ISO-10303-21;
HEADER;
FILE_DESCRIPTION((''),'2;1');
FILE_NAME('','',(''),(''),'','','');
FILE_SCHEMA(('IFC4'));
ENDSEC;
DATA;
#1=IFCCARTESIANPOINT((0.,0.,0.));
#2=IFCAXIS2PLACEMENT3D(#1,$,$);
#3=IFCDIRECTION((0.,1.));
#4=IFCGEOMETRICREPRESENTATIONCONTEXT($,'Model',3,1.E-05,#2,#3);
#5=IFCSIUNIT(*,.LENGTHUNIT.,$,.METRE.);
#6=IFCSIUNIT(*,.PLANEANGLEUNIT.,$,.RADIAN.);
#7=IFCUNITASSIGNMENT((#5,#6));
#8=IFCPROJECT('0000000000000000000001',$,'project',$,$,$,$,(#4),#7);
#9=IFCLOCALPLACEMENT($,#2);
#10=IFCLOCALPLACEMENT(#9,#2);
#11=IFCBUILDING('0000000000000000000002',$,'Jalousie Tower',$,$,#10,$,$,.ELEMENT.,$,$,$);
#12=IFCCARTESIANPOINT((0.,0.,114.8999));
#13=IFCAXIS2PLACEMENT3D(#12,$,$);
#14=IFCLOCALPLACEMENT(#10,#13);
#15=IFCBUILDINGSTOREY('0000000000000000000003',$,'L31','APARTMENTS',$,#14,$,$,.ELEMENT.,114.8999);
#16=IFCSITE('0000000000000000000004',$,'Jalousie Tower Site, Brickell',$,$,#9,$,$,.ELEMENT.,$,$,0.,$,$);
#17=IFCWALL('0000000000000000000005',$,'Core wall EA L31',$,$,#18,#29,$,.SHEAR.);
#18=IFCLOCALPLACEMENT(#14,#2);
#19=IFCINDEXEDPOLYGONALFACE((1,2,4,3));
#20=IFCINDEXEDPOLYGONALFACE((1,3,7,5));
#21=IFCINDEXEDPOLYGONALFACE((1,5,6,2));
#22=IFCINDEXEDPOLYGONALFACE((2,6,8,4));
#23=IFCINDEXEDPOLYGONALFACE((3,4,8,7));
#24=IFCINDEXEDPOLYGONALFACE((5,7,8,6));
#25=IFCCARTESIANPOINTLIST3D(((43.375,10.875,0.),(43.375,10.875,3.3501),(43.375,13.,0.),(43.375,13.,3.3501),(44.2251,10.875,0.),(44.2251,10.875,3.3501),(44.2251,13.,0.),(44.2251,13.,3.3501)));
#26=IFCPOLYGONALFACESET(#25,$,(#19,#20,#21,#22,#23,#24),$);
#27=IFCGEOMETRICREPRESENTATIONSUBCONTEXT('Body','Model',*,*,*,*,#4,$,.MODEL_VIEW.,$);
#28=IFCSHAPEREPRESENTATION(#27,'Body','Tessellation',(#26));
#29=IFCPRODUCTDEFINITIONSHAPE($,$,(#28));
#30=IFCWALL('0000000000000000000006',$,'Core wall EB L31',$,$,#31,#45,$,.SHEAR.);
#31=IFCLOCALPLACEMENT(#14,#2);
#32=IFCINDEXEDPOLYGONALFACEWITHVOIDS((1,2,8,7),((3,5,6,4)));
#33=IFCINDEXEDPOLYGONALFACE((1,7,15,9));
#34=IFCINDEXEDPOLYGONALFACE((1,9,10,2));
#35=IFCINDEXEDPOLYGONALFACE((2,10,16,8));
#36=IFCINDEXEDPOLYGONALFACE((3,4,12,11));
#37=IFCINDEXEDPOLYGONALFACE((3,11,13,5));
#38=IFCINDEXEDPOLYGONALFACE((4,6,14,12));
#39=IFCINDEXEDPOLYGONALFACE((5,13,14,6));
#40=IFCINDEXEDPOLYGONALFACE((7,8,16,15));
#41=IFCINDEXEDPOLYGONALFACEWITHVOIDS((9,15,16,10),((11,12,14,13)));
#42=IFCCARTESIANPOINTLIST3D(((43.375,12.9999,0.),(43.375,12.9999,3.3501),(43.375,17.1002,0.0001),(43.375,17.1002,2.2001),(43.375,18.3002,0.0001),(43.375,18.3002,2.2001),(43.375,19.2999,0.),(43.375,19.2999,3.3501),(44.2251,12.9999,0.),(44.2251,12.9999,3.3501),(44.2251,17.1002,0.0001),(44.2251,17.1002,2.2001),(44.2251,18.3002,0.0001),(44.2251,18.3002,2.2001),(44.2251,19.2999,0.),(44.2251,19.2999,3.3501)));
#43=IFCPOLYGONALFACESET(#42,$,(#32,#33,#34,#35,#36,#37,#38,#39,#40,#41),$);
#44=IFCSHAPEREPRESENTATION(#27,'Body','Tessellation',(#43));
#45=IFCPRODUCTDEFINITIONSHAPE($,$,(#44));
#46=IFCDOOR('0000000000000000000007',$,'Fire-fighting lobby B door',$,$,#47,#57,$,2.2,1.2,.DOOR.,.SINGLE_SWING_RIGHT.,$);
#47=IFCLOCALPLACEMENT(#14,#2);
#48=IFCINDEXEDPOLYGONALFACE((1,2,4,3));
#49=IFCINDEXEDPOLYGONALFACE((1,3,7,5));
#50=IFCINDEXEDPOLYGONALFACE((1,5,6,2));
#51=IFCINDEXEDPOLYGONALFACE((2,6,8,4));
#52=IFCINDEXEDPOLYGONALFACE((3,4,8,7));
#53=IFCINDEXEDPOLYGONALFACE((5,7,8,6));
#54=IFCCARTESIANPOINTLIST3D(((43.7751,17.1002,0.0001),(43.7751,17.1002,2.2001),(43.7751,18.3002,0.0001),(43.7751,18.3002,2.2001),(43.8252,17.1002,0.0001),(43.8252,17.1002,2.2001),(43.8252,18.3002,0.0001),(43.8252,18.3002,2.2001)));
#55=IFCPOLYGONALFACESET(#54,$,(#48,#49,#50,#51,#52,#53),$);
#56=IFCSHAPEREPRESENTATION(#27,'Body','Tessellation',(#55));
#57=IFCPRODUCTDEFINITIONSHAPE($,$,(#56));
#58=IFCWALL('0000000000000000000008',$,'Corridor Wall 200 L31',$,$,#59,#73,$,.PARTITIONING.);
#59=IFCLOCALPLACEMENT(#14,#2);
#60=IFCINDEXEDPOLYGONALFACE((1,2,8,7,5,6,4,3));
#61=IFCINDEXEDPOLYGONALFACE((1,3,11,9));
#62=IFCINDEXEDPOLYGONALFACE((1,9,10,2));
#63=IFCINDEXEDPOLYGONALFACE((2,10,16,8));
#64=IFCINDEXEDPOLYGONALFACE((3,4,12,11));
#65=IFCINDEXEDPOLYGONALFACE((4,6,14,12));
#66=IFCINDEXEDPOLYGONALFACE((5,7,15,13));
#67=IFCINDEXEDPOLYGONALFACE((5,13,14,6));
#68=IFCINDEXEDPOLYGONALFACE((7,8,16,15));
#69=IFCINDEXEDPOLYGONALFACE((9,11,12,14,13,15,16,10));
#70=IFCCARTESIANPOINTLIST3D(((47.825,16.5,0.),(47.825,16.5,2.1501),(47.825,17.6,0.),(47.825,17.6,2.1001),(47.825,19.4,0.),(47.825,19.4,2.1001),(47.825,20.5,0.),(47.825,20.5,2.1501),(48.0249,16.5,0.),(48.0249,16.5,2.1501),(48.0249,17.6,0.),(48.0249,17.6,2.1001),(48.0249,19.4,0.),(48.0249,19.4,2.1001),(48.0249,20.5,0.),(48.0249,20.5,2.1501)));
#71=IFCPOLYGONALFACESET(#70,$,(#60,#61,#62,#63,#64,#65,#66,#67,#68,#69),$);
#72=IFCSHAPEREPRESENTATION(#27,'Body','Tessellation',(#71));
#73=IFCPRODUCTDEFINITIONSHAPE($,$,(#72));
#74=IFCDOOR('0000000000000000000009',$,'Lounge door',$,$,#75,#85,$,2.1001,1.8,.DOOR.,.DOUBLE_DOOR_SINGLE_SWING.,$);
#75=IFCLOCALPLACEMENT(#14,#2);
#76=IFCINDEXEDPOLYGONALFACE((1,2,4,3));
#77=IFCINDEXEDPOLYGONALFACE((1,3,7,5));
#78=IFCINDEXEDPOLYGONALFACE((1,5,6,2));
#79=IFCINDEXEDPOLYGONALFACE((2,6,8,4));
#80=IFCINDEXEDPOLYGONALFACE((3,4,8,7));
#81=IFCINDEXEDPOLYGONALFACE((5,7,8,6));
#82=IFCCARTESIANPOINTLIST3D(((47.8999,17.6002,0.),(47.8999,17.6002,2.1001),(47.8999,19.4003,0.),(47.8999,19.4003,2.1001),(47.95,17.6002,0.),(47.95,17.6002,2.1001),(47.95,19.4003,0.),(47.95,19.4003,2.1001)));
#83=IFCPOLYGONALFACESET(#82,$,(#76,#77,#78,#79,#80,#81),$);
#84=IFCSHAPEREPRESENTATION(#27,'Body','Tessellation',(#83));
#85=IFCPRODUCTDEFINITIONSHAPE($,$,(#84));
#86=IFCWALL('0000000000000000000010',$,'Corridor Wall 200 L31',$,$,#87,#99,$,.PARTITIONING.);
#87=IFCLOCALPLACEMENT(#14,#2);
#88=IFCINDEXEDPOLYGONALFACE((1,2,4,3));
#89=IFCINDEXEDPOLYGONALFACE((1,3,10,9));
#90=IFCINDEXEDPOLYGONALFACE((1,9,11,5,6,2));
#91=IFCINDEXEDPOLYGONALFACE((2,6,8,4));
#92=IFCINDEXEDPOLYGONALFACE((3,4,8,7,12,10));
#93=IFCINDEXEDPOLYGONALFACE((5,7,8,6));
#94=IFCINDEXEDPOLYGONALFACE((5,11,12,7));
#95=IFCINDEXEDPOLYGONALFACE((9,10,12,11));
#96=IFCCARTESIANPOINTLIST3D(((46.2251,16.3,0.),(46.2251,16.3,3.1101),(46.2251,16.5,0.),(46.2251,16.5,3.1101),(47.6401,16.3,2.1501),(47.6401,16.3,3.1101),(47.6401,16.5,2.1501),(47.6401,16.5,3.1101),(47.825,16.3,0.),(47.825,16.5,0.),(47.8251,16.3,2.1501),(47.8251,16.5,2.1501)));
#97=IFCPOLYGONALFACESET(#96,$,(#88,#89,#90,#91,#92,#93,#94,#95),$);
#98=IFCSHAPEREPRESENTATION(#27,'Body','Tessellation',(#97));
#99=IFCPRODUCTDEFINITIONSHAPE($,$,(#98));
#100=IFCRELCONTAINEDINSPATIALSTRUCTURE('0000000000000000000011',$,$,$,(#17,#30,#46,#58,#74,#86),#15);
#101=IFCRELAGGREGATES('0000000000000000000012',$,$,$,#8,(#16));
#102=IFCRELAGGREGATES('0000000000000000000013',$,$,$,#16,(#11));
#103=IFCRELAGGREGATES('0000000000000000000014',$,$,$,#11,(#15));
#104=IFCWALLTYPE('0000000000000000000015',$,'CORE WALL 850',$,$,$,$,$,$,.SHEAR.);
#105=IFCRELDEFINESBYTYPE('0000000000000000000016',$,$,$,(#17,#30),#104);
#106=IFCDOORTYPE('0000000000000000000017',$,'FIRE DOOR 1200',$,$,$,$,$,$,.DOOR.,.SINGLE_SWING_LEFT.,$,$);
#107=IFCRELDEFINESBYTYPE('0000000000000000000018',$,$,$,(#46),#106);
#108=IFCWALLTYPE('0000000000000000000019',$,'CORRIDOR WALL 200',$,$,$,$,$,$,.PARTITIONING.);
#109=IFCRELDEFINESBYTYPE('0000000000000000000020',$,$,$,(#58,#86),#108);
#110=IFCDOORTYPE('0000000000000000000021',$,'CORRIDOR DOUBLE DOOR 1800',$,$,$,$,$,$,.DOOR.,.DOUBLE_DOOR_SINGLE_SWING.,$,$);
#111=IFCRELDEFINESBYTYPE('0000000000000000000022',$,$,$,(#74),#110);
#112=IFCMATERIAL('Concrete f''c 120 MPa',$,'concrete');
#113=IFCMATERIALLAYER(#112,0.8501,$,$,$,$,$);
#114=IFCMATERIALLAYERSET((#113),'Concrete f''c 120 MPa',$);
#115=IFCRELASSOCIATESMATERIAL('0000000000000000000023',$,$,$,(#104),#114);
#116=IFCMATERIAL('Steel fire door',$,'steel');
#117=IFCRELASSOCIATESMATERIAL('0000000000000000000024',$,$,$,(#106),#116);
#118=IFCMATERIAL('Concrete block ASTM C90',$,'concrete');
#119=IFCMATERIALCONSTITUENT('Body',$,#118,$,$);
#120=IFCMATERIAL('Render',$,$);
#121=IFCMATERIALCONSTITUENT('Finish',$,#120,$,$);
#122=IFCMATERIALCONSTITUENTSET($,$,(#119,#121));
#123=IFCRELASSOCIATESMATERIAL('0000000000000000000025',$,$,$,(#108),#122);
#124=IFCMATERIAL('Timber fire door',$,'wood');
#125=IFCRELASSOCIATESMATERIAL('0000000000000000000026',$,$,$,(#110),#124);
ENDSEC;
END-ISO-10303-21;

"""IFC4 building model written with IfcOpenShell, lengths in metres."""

from ifc_helpers import new_model, si_unit, direction, frame, frame_2d, origin, place, context, subcontext, project, spatial, polyline, rectangle, outline, extrude, material, layer, layer_set, constituent, constituent_set, type_object, element, fill, save


model = new_model("IFC4")

# Units and contexts
model_context = context("Model", 3, precision=1e-05, world=origin(), true_north=direction((0.0, 1.0)))
body_context = subcontext(model_context, "Body", "Model", "MODEL_VIEW")
ifc_project = project(units=[si_unit("LENGTHUNIT", "METRE"), si_unit("PLANEANGLEUNIT", "RADIAN")], contexts=[model_context])

# Site, building, storey
site_placement = place(None, origin())
site = spatial("IfcSite", under=ifc_project, at=site_placement, Name="Jalousie Tower Site, Brickell", CompositionType="ELEMENT", RefElevation=0.0)
building_placement = place(site_placement, origin())
building = spatial("IfcBuilding", under=site, at=building_placement, Name="Jalousie Tower", CompositionType="ELEMENT")
storey_placement = place(building_placement, frame((0.0, 0.0, 114.8999)))
storey = spatial("IfcBuildingStorey", under=building, at=storey_placement, Name="L31", Description="APARTMENTS", CompositionType="ELEMENT", Elevation=114.8999)

# Wall
ifc_material_1 = material(Name="Concrete f'c 120 MPa", Category="concrete")
ifc_layer_1 = layer(ifc_material_1, 0.8501)
ifc_layer_set_1 = layer_set([ifc_layer_1], Name="Concrete f'c 120 MPa")
wall_type_1 = type_object("IfcWallType", Name="CORE WALL 850", PredefinedType="SHEAR", material=ifc_layer_set_1)
wall_1_placement = place(storey_placement, frame((43.8, 10.875, 0.0), z_axis=(0.0, 0.0, 1.0), x_axis=(0.0, 1.0, 0.0)))
element("IfcWall", 1, at=wall_1_placement, inside=storey, type_object=wall_type_1, Name="Core wall EA L31", PredefinedType="SHEAR", context=body_context, shape_type="SweptSolid", body=[
    extrude(rectangle(XDim=2.125, YDim=0.8501, at=frame_2d((1.0625, 0.0))), origin(), (0.0, 0.0, 1.0), 3.3501),
])

# Walls, openings, doors
wall_2_placement = place(storey_placement, frame((43.8, 13.0, 0.0), z_axis=(0.0, 0.0, 1.0), x_axis=(0.0, 1.0, 0.0)))
wall_2 = element("IfcWall", 2, at=wall_2_placement, inside=storey, type_object=wall_type_1, Name="Core wall EB L31", PredefinedType="SHEAR", context=body_context, shape_type="SweptSolid", body=[
    extrude(rectangle(XDim=6.3, YDim=0.8501, at=frame_2d((3.1499, 0.0))), origin(), (0.0, 0.0, 1.0), 3.3501),
])
opening_1_placement = place(wall_2_placement, frame((4.1001, 0.0, 0.0)))
opening_1 = element("IfcOpeningElement", 3, at=opening_1_placement, cuts=wall_2, PredefinedType="OPENING", context=body_context, shape_type="SweptSolid", body=[
    extrude(rectangle(XDim=1.2, YDim=2.2, at=frame_2d((0.6001, 1.1001))), frame((0.0, 0.4351, 0.0), z_axis=(0.0, -1.0, 0.0), x_axis=(1.0, 0.0, 0.0)), (0.0, 0.0, 1.0), 0.8701),
])
ifc_material_2 = material(Name="Steel fire door", Category="steel")
door_type_1 = type_object("IfcDoorType", Name="FIRE DOOR 1200", OperationType="SINGLE_SWING_LEFT", PredefinedType="DOOR", material=ifc_material_2)
door_1_placement = place(opening_1_placement, origin())
door_1 = element("IfcDoor", 4, at=door_1_placement, inside=storey, type_object=door_type_1, Name="Fire-fighting lobby B door", OperationType="SINGLE_SWING_RIGHT", OverallHeight=2.2, OverallWidth=1.2, PredefinedType="DOOR", context=body_context, shape_type="SweptSolid", body=[
    extrude(rectangle(XDim=1.2, YDim=2.2, at=frame_2d((0.6001, 1.1001))), frame((0.0, 0.0249, 0.0), z_axis=(0.0, -1.0, 0.0), x_axis=(1.0, 0.0, 0.0)), (0.0, 0.0, 1.0), 0.05),
])
fill(opening_1, door_1)
ifc_material_3 = material(Name="Concrete block ASTM C90", Category="concrete")
ifc_constituent_1 = constituent(ifc_material_3, Name="Body")
ifc_material_4 = material(Name="Render")
ifc_constituent_2 = constituent(ifc_material_4, Name="Finish")
ifc_constituent_set = constituent_set(constituents=[ifc_constituent_1, ifc_constituent_2])
wall_type_2 = type_object("IfcWallType", Name="CORRIDOR WALL 200", PredefinedType="PARTITIONING", material=ifc_constituent_set)
wall_3_placement = place(storey_placement, frame((47.925, 16.5, 0.0), z_axis=(0.0, 0.0, 1.0), x_axis=(0.0, 1.0, 0.0)))
wall_3 = element("IfcWall", 5, at=wall_3_placement, inside=storey, type_object=wall_type_2, Name="Corridor Wall 200 L31", PredefinedType="PARTITIONING", context=body_context, shape_type="SweptSolid", body=[
    extrude(outline(polyline([(0.0, 0.0), (4.0, 0.0), (4.0, 3.1101), (4.0, 2.1501), (0.0, 2.1501), (0.0, 3.1101), (0.0, 0.0)])), frame((0.0, 0.1001, 0.0), z_axis=(0.0, -1.0, 0.0), x_axis=(1.0, 0.0, 0.0)), (0.0, 0.0, 1.0), 0.2),
])
opening_2_placement = place(wall_3_placement, frame((1.1001, 0.0, 0.0)))
opening_2 = element("IfcOpeningElement", 6, at=opening_2_placement, cuts=wall_3, PredefinedType="OPENING", context=body_context, shape_type="SweptSolid", body=[
    extrude(rectangle(XDim=1.8, YDim=2.1001, at=frame_2d((0.8999, 1.05))), frame((0.0, 0.1099, 0.0), z_axis=(0.0, -1.0, 0.0), x_axis=(1.0, 0.0, 0.0)), (0.0, 0.0, 1.0), 0.22),
])
ifc_material_5 = material(Name="Timber fire door", Category="wood")
door_type_2 = type_object("IfcDoorType", Name="CORRIDOR DOUBLE DOOR 1800", OperationType="DOUBLE_DOOR_SINGLE_SWING", PredefinedType="DOOR", material=ifc_material_5)
door_2_placement = place(opening_2_placement, frame((1.8, 0.0, 0.0), z_axis=(0.0, 0.0, 1.0), x_axis=(-1.0, 0.0, 0.0)))
door_2 = element("IfcDoor", 7, at=door_2_placement, inside=storey, type_object=door_type_2, Name="Lounge door", OperationType="DOUBLE_DOOR_SINGLE_SWING", OverallHeight=2.1001, OverallWidth=1.8, PredefinedType="DOOR", context=body_context, shape_type="SweptSolid", body=[
    extrude(rectangle(XDim=1.8, YDim=2.1001, at=frame_2d((0.8999, 1.05))), frame((0.0, 0.0249, 0.0), z_axis=(0.0, -1.0, 0.0), x_axis=(1.0, 0.0, 0.0)), (0.0, 0.0, 1.0), 0.05),
])
fill(opening_2, door_2)

# Wall
wall_4_placement = place(storey_placement, frame((46.2251, 16.3999, 0.0), z_axis=(0.0, 0.0, 1.0), x_axis=(1.0, 0.0, 0.0)))
element("IfcWall", 8, at=wall_4_placement, inside=storey, type_object=wall_type_2, Name="Corridor Wall 200 L31", PredefinedType="PARTITIONING", context=body_context, shape_type="SweptSolid", body=[
    extrude(outline(polyline([(0.0, 0.0), (1.5999, 0.0), (1.6001, 3.1101), (1.6001, 2.1501), (1.415, 2.1501), (1.415, 3.1101), (0.0, 3.1101), (0.0, 0.0)])), frame((0.0, 0.1001, 0.0), z_axis=(0.0, -1.0, 0.0), x_axis=(1.0, 0.0, 0.0)), (0.0, 0.0, 1.0), 0.2),
])

save(model, "model.ifc")
